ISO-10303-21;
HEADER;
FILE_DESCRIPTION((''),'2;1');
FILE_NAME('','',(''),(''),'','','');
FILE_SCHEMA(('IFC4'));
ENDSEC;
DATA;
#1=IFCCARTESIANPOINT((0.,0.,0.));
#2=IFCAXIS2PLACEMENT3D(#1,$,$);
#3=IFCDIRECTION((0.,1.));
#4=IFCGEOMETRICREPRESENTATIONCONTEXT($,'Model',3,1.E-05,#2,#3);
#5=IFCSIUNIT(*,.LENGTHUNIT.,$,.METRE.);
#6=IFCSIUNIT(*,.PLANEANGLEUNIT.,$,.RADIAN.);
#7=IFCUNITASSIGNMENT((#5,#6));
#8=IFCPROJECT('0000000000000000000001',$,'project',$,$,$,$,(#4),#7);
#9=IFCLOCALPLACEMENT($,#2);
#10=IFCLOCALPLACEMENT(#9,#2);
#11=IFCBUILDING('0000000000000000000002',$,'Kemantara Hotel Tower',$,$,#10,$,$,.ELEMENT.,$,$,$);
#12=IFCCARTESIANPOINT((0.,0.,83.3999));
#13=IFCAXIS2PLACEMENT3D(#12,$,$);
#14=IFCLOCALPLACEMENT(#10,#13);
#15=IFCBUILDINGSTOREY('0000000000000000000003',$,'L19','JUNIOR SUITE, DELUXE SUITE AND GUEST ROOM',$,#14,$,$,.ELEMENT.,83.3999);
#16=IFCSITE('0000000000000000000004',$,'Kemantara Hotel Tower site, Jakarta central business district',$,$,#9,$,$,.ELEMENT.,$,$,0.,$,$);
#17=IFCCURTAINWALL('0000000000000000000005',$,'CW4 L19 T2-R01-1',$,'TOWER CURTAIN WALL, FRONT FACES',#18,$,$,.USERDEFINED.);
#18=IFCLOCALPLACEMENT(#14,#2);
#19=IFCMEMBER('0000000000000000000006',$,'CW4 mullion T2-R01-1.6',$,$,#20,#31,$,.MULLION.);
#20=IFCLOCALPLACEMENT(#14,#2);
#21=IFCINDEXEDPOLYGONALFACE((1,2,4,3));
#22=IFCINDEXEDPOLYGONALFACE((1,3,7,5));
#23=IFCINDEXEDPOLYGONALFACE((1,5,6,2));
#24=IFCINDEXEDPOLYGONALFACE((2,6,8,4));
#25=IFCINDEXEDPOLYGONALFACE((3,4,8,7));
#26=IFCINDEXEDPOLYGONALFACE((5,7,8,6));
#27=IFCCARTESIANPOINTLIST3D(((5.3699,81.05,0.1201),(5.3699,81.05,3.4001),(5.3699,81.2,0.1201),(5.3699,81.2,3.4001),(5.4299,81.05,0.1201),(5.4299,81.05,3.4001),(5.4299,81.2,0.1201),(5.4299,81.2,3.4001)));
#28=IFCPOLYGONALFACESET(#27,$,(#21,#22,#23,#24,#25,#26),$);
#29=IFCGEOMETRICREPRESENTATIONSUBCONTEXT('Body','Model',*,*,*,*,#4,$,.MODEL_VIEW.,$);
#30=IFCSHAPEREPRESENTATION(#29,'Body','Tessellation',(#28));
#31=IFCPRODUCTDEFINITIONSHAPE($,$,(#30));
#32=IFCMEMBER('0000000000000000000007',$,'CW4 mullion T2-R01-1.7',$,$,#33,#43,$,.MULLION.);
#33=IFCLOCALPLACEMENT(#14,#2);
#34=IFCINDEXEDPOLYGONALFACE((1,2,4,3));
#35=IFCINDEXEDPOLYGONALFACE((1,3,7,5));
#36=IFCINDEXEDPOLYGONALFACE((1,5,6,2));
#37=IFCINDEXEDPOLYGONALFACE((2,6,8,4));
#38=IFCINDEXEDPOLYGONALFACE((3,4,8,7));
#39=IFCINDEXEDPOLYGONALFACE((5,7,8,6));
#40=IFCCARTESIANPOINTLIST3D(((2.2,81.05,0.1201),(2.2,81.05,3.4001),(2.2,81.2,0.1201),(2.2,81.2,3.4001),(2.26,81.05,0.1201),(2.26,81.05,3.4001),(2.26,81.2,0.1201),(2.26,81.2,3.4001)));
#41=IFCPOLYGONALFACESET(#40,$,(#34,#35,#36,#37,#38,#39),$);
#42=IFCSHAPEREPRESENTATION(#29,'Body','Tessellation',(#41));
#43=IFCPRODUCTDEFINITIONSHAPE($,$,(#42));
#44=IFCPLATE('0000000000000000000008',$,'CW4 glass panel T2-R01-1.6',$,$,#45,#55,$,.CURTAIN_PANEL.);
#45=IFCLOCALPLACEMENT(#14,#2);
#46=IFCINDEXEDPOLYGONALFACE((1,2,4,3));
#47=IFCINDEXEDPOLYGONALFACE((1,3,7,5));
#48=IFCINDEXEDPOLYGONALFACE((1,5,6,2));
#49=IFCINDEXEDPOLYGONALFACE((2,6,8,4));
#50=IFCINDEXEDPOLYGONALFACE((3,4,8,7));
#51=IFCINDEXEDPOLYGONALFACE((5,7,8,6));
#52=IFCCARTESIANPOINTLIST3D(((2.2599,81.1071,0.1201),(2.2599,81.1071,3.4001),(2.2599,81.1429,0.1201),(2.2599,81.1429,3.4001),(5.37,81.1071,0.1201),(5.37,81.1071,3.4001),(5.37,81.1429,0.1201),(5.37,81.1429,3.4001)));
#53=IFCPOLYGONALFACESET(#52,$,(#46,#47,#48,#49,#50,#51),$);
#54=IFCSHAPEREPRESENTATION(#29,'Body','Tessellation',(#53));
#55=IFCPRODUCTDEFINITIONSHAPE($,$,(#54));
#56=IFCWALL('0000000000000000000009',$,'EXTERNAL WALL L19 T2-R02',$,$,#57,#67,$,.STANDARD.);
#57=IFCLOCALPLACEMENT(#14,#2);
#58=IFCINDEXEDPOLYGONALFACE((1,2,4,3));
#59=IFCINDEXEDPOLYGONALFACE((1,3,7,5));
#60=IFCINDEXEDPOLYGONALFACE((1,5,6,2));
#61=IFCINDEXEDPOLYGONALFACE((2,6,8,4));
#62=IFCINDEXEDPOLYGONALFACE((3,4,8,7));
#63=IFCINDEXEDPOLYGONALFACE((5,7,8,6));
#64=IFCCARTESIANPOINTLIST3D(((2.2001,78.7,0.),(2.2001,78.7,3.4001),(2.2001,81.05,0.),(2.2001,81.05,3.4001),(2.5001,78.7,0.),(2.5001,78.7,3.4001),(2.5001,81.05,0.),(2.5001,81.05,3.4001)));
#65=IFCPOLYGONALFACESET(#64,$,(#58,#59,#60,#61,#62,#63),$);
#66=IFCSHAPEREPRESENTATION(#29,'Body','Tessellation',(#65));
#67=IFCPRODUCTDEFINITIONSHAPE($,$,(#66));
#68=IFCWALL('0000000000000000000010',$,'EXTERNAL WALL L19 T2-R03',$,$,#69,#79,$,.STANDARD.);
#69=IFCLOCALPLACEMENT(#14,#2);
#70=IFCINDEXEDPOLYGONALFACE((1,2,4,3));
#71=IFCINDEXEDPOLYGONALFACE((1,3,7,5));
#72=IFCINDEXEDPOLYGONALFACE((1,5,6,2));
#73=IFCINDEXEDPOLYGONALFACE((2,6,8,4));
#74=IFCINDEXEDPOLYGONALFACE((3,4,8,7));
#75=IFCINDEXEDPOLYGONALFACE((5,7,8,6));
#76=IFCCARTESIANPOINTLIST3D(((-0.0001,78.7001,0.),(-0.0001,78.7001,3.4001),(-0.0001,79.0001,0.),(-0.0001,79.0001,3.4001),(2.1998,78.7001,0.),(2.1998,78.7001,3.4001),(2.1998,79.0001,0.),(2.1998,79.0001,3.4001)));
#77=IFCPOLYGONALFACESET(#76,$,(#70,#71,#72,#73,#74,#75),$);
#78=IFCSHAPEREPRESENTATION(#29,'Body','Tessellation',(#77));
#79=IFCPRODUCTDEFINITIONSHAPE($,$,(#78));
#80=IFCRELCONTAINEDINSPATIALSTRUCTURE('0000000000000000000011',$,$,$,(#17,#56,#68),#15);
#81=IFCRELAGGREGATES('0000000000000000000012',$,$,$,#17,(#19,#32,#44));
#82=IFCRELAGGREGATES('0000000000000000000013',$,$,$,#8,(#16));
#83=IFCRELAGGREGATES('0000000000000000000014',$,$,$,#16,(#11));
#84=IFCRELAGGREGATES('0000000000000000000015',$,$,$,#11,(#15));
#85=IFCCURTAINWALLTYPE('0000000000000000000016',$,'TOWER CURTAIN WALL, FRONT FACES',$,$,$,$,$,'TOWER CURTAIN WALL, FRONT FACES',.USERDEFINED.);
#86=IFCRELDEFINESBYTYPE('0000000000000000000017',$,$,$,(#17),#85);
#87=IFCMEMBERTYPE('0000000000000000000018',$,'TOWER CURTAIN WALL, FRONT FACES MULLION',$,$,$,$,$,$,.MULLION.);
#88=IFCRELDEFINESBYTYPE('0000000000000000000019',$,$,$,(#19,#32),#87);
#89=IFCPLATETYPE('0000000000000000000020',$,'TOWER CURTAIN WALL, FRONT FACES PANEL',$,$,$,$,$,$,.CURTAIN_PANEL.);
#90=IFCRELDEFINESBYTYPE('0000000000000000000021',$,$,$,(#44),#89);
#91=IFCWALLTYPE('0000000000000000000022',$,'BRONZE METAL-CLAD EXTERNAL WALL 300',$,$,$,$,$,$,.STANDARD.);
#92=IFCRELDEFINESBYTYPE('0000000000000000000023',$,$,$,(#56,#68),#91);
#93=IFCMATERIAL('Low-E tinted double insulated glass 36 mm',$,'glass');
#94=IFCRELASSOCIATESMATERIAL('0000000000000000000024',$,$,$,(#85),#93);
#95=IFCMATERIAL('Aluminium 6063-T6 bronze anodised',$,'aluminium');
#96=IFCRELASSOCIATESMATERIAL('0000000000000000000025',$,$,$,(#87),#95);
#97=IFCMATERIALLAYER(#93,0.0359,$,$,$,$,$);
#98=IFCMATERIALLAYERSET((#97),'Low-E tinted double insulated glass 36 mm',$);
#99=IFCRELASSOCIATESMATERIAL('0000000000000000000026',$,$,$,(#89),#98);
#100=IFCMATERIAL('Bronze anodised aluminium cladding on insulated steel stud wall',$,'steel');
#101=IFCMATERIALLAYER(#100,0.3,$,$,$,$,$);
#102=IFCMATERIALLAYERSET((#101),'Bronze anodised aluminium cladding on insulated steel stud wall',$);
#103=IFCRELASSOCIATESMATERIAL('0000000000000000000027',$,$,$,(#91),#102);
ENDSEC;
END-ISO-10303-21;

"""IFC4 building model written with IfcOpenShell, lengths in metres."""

from ifc_helpers import new_model, si_unit, direction, frame, frame_2d, origin, origin_2d, place, context, subcontext, project, spatial, rectangle, extrude, source, transform, mapped, material, layer, layer_set, material_profile, profile_set, type_object, element, aggregate, save


model = new_model("IFC4")

# Units and contexts
model_context = context("Model", 3, precision=1e-05, world=origin(), true_north=direction((0.0, 1.0)))
body_context = subcontext(model_context, "Body", "Model", "MODEL_VIEW")
ifc_project = project(units=[si_unit("LENGTHUNIT", "METRE"), si_unit("PLANEANGLEUNIT", "RADIAN")], contexts=[model_context])

# Site, building, storey
site_placement = place(None, origin())
site = spatial("IfcSite", under=ifc_project, at=site_placement, Name="Kemantara Hotel Tower site, Jakarta central business district", CompositionType="ELEMENT", RefElevation=0.0)
building_placement = place(site_placement, origin())
building = spatial("IfcBuilding", under=site, at=building_placement, Name="Kemantara Hotel Tower", CompositionType="ELEMENT")
storey_placement = place(building_placement, frame((0.0, 0.0, 83.3999)))
storey = spatial("IfcBuildingStorey", under=building, at=storey_placement, Name="L19", Description="JUNIOR SUITE, DELUXE SUITE AND GUEST ROOM", CompositionType="ELEMENT", Elevation=83.3999)

# Curtain wall, members, plate
ifc_material_1 = material(Name="Low-E tinted double insulated glass 36 mm", Category="glass")
curtain_wall_type = type_object("IfcCurtainWallType", Name="TOWER CURTAIN WALL, FRONT FACES", ElementType="TOWER CURTAIN WALL, FRONT FACES", PredefinedType="USERDEFINED", material=ifc_material_1)
curtain_wall_placement = place(storey_placement, origin())
curtain_wall = element("IfcCurtainWall", 1, at=curtain_wall_placement, inside=storey, type_object=curtain_wall_type, Name="CW4 L19 T2-R01-1", ObjectType="TOWER CURTAIN WALL, FRONT FACES", PredefinedType="USERDEFINED")
ifc_material_2 = material(Name="Aluminium 6063-T6 bronze anodised", Category="aluminium")
ifc_material_profile = material_profile(ifc_material_2, rectangle(XDim=0.1499, YDim=0.0601, at=origin_2d()), Name="TOWER CURTAIN WALL, FRONT FACES MULLION")
ifc_profile_set = profile_set([ifc_material_profile], Name="Aluminium 6063-T6 bronze anodised")
member_type = type_object("IfcMemberType", Name="TOWER CURTAIN WALL, FRONT FACES MULLION", PredefinedType="MULLION", material=ifc_profile_set)
shared_shape_1 = source(origin(), body_context, "Body", "SweptSolid", [
    extrude(rectangle(XDim=0.1499, YDim=0.0601, at=origin_2d()), origin(), (0.0, 0.0, 1.0), 3.28),
])
member_1_placement = place(storey_placement, frame((5.3999, 81.125, 0.1201), z_axis=(0.0, 0.0, 1.0), x_axis=(0.0, -1.0, 0.0)))
member_1 = element("IfcMember", 2, at=member_1_placement, type_object=member_type, Name="CW4 mullion T2-R01-1.6", PredefinedType="MULLION", context=body_context, shape_type="MappedRepresentation", body=[
    mapped(shared_shape_1, transform((0.0, 0.0, 0.0))),
])
member_2_placement = place(storey_placement, frame((2.23, 81.125, 0.1201), z_axis=(0.0, 0.0, 1.0), x_axis=(0.0, -1.0, 0.0)))
member_2 = element("IfcMember", 3, at=member_2_placement, type_object=member_type, Name="CW4 mullion T2-R01-1.7", PredefinedType="MULLION", context=body_context, shape_type="MappedRepresentation", body=[
    mapped(shared_shape_1, transform((0.0, 0.0, 0.0))),
])
ifc_layer_1 = layer(ifc_material_1, 0.0359)
ifc_layer_set_1 = layer_set([ifc_layer_1], Name="Low-E tinted double insulated glass 36 mm")
plate_type = type_object("IfcPlateType", Name="TOWER CURTAIN WALL, FRONT FACES PANEL", PredefinedType="CURTAIN_PANEL", material=ifc_layer_set_1)
shared_shape_2 = source(origin(), body_context, "Body", "SweptSolid", [
    extrude(rectangle(XDim=3.1101, YDim=0.0359, at=origin_2d()), origin(), (0.0, 0.0, 1.0), 3.28),
])
plate_placement = place(storey_placement, frame((3.8149, 81.125, 0.1201), z_axis=(0.0, 0.0, 1.0), x_axis=(-1.0, 0.0, 0.0)))
plate = element("IfcPlate", 4, at=plate_placement, type_object=plate_type, Name="CW4 glass panel T2-R01-1.6", PredefinedType="CURTAIN_PANEL", context=body_context, shape_type="MappedRepresentation", body=[
    mapped(shared_shape_2, transform((0.0, 0.0, 0.0))),
])
aggregate(curtain_wall, [member_1, member_2, plate])

# Walls
ifc_material_3 = material(Name="Bronze anodised aluminium cladding on insulated steel stud wall", Category="steel")
ifc_layer_2 = layer(ifc_material_3, 0.3)
ifc_layer_set_2 = layer_set([ifc_layer_2], Name="Bronze anodised aluminium cladding on insulated steel stud wall")
wall_type = type_object("IfcWallType", Name="BRONZE METAL-CLAD EXTERNAL WALL 300", PredefinedType="STANDARD", material=ifc_layer_set_2)
wall_1_placement = place(storey_placement, frame((2.3501, 81.05, 0.0), z_axis=(0.0, 0.0, 1.0), x_axis=(0.0, -1.0, 0.0)))
element("IfcWall", 5, at=wall_1_placement, inside=storey, type_object=wall_type, Name="EXTERNAL WALL L19 T2-R02", PredefinedType="STANDARD", context=body_context, shape_type="SweptSolid", body=[
    extrude(rectangle(XDim=2.3501, YDim=0.3, at=frame_2d((1.175, 0.0))), origin(), (0.0, 0.0, 1.0), 3.4001),
])
wall_2_placement = place(storey_placement, frame((2.2, 78.8501, 0.0), z_axis=(0.0, 0.0, 1.0), x_axis=(-1.0, 0.0, 0.0)))
element("IfcWall", 6, at=wall_2_placement, inside=storey, type_object=wall_type, Name="EXTERNAL WALL L19 T2-R03", PredefinedType="STANDARD", context=body_context, shape_type="SweptSolid", body=[
    extrude(rectangle(XDim=2.2, YDim=0.3, at=frame_2d((1.1001, 0.0))), origin(), (0.0, 0.0, 1.0), 3.4001),
])

save(model, "model.ifc")
